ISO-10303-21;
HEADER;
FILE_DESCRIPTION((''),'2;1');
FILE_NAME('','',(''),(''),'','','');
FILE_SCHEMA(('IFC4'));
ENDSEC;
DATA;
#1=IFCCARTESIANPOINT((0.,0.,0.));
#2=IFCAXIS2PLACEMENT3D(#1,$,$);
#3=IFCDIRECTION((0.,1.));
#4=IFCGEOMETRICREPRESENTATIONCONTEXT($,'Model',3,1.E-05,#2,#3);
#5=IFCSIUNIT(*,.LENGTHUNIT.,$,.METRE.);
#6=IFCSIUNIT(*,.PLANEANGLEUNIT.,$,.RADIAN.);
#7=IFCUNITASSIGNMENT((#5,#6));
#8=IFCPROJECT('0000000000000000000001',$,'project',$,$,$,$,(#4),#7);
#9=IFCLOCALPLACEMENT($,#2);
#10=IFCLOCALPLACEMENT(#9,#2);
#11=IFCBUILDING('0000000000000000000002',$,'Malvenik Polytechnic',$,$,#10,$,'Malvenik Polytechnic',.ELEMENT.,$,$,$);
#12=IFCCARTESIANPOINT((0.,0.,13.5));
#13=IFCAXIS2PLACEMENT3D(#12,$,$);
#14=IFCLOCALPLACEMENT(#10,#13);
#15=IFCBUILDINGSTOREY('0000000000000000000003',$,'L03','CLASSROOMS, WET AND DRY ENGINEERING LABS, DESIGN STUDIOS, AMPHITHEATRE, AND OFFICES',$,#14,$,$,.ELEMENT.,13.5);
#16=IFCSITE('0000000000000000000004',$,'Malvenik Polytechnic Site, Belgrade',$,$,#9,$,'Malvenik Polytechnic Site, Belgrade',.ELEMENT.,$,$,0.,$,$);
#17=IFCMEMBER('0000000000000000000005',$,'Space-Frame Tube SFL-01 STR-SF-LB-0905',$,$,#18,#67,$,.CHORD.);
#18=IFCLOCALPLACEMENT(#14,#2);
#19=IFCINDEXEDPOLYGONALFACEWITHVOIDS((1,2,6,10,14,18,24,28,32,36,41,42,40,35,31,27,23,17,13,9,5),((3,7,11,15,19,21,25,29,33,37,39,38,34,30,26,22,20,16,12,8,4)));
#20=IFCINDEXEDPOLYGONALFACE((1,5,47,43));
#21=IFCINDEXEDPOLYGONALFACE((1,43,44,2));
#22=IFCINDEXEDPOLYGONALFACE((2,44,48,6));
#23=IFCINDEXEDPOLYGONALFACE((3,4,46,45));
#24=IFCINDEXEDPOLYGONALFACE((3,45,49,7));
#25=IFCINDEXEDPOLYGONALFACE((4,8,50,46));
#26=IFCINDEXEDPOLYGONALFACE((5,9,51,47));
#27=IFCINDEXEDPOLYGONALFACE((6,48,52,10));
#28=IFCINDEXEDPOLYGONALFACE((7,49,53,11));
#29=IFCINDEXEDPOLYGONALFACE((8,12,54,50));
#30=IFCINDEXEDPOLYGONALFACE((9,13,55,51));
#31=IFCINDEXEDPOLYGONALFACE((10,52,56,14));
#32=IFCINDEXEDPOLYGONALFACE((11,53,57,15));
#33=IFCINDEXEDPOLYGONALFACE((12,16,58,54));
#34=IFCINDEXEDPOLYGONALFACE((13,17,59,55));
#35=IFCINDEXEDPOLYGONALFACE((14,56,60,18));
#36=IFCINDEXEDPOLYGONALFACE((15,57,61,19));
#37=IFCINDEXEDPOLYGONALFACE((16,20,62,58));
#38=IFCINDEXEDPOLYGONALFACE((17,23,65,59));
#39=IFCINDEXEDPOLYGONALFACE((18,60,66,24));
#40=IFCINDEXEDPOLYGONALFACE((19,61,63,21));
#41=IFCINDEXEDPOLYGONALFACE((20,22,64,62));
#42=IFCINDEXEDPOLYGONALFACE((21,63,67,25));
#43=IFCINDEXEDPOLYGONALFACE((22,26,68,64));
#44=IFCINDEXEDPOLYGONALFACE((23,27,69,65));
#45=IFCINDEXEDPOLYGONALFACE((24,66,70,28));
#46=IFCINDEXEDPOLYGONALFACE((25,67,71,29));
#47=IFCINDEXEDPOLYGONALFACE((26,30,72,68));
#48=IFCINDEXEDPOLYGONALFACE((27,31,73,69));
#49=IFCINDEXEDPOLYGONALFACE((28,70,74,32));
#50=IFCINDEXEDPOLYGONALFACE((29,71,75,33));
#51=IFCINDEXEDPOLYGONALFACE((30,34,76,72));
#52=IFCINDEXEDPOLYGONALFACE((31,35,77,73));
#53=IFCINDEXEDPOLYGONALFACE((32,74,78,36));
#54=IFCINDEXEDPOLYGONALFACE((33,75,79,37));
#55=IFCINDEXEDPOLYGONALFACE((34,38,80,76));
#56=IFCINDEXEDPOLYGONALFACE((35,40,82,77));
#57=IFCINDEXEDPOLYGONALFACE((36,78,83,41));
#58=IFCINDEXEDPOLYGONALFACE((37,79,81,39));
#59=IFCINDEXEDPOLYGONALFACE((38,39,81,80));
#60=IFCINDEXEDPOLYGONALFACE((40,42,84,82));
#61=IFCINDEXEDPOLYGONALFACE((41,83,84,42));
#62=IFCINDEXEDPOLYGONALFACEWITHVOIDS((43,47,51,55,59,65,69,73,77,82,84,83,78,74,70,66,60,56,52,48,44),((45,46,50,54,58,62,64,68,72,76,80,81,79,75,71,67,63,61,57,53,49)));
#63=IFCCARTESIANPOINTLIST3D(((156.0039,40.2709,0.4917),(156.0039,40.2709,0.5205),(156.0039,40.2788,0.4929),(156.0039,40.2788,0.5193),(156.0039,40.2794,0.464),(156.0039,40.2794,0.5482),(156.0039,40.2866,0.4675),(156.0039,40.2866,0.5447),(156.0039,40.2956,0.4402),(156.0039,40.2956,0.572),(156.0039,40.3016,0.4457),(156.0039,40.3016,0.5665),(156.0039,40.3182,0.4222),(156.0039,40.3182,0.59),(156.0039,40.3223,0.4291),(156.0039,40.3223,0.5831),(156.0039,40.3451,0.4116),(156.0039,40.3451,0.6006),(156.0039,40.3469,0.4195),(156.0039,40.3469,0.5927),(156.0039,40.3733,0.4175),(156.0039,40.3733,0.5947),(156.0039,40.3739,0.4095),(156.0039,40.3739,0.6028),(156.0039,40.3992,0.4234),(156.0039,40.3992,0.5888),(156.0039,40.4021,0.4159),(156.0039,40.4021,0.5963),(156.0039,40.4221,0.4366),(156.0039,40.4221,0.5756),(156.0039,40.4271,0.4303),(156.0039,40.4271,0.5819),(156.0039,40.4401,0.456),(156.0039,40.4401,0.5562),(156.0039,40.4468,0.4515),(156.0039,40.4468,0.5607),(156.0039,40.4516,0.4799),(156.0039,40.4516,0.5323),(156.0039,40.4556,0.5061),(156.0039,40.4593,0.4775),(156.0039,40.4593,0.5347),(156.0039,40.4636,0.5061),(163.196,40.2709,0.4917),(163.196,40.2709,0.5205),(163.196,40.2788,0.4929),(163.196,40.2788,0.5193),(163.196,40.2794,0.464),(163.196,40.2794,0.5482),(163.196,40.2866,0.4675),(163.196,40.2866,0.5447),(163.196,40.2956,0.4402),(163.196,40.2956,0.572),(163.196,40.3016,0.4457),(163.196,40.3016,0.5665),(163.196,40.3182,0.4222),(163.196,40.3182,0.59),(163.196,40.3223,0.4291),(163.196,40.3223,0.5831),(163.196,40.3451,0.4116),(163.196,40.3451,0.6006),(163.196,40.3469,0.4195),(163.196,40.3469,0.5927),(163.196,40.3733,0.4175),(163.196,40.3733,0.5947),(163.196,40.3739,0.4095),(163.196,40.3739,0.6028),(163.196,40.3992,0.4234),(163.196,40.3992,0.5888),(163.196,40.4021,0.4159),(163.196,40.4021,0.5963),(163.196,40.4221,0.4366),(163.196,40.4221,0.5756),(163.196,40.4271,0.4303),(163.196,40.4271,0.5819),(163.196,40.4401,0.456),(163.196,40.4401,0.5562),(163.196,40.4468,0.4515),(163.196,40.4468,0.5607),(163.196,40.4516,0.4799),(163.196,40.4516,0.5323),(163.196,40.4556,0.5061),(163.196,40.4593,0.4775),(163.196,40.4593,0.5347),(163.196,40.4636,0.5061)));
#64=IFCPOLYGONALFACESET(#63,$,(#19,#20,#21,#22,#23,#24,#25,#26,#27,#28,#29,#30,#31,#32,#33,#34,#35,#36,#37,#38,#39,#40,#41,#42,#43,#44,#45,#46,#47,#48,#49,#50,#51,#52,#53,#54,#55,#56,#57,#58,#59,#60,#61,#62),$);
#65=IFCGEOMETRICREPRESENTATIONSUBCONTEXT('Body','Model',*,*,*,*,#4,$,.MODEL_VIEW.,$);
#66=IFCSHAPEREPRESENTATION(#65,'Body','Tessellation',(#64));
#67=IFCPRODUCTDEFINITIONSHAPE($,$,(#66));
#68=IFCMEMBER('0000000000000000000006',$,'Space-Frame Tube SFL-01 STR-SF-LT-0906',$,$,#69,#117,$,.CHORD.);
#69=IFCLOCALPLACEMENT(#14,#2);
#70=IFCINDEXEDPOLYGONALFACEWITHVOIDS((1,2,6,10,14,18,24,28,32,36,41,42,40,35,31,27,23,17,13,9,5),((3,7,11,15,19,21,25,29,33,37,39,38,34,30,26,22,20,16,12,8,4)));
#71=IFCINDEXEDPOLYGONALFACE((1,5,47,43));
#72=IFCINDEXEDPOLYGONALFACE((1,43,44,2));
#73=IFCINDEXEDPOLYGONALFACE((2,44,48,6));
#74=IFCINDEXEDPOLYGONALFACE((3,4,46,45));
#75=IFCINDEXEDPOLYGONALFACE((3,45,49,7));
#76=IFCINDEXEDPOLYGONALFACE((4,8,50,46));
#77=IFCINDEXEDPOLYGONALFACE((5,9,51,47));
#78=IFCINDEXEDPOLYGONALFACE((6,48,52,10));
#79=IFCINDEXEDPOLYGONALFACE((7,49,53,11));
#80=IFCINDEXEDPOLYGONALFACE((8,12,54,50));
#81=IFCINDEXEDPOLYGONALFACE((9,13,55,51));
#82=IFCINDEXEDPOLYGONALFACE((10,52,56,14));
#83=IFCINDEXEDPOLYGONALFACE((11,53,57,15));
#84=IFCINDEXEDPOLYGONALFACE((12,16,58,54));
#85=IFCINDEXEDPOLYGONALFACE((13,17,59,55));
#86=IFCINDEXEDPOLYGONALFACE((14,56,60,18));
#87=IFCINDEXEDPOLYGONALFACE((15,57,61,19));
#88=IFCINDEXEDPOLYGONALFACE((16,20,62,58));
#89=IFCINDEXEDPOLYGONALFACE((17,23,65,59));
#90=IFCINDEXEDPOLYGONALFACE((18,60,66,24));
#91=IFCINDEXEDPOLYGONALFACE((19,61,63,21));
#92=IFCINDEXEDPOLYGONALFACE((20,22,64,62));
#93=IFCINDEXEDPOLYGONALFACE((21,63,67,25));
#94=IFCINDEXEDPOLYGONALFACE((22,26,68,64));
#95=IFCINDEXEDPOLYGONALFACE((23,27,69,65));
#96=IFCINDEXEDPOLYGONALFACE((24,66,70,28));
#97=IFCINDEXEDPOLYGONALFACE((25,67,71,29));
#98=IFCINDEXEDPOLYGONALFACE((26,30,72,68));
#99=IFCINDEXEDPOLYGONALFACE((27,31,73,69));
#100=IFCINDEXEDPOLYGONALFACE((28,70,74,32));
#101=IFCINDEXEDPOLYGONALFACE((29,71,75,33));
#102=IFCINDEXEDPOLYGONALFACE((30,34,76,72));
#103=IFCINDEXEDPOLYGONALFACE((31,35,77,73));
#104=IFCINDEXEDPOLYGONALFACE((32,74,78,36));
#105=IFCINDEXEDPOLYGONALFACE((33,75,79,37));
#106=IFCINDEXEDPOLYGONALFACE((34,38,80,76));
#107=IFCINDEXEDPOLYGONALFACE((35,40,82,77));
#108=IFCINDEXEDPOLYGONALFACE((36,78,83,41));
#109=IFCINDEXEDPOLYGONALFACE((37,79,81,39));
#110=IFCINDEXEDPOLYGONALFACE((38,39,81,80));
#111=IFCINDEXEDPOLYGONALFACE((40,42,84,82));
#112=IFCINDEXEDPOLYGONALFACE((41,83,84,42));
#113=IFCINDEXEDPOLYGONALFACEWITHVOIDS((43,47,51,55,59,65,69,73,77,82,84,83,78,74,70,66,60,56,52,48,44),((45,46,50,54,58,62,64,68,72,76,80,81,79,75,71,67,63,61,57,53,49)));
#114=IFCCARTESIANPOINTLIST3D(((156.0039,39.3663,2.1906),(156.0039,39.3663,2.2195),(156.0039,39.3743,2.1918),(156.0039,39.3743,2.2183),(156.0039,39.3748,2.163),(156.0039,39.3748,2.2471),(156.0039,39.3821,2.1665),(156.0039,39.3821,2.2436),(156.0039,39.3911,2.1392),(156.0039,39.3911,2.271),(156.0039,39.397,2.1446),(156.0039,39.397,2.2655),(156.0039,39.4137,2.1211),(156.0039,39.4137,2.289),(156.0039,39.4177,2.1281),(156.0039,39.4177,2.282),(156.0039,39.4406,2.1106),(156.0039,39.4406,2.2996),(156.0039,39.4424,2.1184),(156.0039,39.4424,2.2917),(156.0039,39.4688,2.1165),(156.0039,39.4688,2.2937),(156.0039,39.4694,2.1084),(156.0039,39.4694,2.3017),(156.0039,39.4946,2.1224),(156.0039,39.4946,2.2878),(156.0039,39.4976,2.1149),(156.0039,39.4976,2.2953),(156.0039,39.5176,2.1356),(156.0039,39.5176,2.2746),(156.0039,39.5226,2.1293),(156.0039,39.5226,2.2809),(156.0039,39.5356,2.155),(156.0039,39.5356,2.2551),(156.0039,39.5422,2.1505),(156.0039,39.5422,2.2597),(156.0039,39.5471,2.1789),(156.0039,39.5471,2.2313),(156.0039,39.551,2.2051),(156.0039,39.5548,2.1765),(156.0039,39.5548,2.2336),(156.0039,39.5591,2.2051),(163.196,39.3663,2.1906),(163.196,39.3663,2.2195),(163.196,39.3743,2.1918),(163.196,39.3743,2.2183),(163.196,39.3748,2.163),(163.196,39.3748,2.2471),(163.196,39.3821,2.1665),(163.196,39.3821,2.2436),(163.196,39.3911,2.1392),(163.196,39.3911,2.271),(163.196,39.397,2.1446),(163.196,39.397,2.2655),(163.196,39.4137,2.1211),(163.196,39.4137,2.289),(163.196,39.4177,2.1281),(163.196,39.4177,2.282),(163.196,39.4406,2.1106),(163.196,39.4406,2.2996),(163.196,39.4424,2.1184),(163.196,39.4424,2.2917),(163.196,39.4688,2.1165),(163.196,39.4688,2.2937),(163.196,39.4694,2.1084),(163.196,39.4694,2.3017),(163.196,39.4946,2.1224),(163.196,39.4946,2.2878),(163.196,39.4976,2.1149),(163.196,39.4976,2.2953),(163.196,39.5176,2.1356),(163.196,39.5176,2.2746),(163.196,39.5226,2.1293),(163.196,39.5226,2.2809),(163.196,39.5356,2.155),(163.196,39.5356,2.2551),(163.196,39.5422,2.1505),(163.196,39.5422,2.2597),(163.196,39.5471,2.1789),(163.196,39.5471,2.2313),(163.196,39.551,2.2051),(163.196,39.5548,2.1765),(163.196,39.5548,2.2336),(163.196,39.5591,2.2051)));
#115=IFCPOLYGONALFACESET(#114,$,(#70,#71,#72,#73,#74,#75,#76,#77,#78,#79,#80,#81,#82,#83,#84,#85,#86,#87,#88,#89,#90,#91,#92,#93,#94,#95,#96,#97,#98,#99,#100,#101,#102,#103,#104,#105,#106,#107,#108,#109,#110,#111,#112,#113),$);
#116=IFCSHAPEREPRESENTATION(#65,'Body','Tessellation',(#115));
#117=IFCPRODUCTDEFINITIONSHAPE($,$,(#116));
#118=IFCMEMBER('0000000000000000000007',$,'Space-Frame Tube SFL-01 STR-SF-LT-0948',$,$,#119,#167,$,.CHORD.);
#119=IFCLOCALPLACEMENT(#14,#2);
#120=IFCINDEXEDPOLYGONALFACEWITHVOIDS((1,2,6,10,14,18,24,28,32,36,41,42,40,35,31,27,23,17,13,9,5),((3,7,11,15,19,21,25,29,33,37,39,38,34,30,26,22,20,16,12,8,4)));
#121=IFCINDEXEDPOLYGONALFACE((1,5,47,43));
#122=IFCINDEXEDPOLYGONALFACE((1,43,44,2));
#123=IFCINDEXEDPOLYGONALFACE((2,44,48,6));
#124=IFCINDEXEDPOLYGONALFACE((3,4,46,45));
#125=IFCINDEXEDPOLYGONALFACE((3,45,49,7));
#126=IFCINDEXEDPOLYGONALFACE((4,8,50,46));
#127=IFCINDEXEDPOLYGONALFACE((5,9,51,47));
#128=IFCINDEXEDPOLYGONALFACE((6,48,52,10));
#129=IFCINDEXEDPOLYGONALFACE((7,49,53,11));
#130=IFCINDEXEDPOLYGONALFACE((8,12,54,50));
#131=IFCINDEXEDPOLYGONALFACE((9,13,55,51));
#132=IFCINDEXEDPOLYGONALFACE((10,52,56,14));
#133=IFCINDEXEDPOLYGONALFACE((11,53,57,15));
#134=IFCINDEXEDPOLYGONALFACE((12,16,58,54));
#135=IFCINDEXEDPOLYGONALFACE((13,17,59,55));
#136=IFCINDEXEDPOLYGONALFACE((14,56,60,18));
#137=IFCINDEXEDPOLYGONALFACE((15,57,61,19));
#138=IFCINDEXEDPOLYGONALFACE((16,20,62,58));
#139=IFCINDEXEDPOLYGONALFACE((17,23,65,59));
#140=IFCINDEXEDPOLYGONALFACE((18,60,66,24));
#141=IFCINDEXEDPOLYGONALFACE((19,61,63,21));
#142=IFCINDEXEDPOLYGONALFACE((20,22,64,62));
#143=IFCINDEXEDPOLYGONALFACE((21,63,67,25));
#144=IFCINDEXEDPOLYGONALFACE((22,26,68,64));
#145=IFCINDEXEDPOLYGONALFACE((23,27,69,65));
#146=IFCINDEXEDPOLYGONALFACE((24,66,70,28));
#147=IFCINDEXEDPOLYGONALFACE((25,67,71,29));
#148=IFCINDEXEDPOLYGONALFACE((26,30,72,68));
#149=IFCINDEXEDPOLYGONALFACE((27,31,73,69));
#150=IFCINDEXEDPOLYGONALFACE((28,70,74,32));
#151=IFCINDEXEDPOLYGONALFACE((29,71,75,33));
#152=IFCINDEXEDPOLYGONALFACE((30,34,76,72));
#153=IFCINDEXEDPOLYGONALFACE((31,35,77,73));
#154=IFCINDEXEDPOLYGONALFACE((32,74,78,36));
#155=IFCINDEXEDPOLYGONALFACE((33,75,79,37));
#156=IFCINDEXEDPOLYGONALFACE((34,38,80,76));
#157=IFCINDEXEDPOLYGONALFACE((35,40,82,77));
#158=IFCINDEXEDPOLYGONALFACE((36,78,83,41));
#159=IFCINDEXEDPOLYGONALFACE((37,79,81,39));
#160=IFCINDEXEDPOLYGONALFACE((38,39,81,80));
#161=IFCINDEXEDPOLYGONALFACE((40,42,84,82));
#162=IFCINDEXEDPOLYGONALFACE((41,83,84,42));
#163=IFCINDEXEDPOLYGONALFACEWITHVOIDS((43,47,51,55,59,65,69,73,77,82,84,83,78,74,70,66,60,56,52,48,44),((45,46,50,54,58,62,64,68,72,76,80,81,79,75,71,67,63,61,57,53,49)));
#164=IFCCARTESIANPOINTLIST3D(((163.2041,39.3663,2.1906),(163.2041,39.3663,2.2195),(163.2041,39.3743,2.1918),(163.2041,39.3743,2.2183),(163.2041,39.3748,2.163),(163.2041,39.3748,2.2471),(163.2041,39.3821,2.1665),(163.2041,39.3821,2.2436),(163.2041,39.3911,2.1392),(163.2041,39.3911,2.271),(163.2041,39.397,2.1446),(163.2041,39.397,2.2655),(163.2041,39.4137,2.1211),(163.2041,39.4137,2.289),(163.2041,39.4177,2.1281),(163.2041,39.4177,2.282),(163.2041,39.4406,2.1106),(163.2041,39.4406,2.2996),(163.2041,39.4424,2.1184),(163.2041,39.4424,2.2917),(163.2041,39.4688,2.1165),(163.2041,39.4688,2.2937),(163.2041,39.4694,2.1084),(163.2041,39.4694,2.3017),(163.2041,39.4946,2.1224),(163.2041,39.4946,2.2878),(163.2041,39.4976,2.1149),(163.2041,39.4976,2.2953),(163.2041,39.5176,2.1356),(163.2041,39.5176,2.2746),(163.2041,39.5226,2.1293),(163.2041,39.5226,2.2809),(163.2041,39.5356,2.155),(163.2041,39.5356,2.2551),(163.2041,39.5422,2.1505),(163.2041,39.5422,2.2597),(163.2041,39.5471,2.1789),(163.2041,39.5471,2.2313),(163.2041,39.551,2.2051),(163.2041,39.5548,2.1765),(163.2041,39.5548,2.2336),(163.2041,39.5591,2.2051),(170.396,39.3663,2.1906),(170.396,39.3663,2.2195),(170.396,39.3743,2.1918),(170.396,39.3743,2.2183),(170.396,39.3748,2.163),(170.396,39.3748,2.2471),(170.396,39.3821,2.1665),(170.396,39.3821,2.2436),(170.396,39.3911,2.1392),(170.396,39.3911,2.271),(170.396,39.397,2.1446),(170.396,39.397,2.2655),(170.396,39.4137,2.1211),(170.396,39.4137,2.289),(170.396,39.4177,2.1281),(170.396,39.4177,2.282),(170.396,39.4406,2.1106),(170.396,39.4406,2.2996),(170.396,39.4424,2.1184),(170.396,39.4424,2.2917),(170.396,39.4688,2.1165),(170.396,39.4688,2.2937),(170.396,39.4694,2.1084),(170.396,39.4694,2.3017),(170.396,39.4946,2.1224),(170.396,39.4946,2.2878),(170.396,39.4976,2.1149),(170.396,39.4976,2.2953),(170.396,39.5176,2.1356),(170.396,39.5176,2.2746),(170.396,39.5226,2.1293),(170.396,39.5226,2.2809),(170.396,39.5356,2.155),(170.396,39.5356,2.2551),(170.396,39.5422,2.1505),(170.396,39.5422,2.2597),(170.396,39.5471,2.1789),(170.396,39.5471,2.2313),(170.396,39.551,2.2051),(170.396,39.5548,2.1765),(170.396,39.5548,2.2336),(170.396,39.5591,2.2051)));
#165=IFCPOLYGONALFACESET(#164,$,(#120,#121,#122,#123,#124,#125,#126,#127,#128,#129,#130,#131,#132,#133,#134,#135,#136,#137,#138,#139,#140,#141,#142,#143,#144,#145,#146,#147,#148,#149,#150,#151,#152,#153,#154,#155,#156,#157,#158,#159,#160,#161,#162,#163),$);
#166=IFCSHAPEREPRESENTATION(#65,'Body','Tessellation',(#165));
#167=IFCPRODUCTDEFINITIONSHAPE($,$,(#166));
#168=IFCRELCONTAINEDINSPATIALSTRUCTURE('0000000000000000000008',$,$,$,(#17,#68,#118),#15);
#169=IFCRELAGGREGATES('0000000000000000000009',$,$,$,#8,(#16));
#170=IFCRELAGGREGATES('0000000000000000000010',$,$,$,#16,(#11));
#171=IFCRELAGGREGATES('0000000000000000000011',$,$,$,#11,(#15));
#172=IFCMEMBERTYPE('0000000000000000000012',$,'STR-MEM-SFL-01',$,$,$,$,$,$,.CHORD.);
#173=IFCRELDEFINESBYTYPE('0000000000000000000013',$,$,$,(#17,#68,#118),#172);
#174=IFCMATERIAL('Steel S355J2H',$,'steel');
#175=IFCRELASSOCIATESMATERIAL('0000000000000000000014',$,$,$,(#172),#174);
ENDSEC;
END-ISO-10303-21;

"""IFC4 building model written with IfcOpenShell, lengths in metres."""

from ifc_helpers import new_model, si_unit, direction, frame, origin, origin_2d, place, context, subcontext, project, spatial, hollow_circle, extrude, material, material_profile, profile_set, type_object, element, save


model = new_model("IFC4")

# Units and contexts
model_context = context("Model", 3, precision=1e-05, world=origin(), true_north=direction((0.0, 1.0)))
body_context = subcontext(model_context, "Body", "Model", "MODEL_VIEW")
ifc_project = project(units=[si_unit("LENGTHUNIT", "METRE"), si_unit("PLANEANGLEUNIT", "RADIAN")], contexts=[model_context])

# Site, building, storey
site_placement = place(None, origin())
site = spatial("IfcSite", under=ifc_project, at=site_placement, Name="Malvenik Polytechnic Site, Belgrade", LongName="Malvenik Polytechnic Site, Belgrade", CompositionType="ELEMENT", RefElevation=0.0)
building_placement = place(site_placement, origin())
building = spatial("IfcBuilding", under=site, at=building_placement, Name="Malvenik Polytechnic", LongName="Malvenik Polytechnic", CompositionType="ELEMENT")
storey_placement = place(building_placement, frame((0.0, 0.0, 13.5)))
storey = spatial("IfcBuildingStorey", under=building, at=storey_placement, Name="L03", Description="CLASSROOMS, WET AND DRY ENGINEERING LABS, DESIGN STUDIOS, AMPHITHEATRE, AND OFFICES", CompositionType="ELEMENT", Elevation=13.5)

# Members
ifc_material_1 = material(Name="Steel S355J2H", Category="steel")
ifc_material_profile_1 = material_profile(ifc_material_1, hollow_circle(Radius=0.0969, WallThickness=0.0081, at=origin_2d()), Name="CHS 193.7x8.0")
ifc_profile_set_1 = profile_set([ifc_material_profile_1], Name="Steel S355J2H")
member_type_1 = type_object("IfcMemberType", Name="STR-MEM-SFL-01", PredefinedType="CHORD", material=ifc_profile_set_1)
for number, where, z_axis, x_axis, name in (
    (1, (156.0039, 40.3667, 0.5061), (1.0, 0.0, 0.0), (0.0, 1.0, 0.0), "Space-Frame Tube SFL-01 STR-SF-LB-0905"),
    (2, (156.0039, 39.4622, 2.2051), (1.0, 0.0, 0.0), (0.0, 1.0, 0.0), "Space-Frame Tube SFL-01 STR-SF-LT-0906"),
):
    element("IfcMember", number, at=place(storey_placement, frame(where, z_axis=z_axis, x_axis=x_axis)), inside=storey, type_object=member_type_1, Name=name, PredefinedType="CHORD", context=body_context, shape_type="SweptSolid", body=[
        extrude(hollow_circle(Radius=0.0969, WallThickness=0.0081, at=origin_2d()), origin(), (0.0, 0.0, 1.0), 7.1921),
    ])
member_1_placement = place(storey_placement, frame((163.2041, 39.4622, 2.2051), z_axis=(1.0, 0.0, 0.0), x_axis=(0.0, 1.0, 0.0)))
element("IfcMember", 3, at=member_1_placement, inside=storey, type_object=member_type_1, Name="Space-Frame Tube SFL-01 STR-SF-LT-0948", PredefinedType="CHORD", context=body_context, shape_type="SweptSolid", body=[
    extrude(hollow_circle(Radius=0.0969, WallThickness=0.0081, at=origin_2d()), origin(), (0.0, 0.0, 1.0), 7.1919),
])

save(model, "model.ifc")
